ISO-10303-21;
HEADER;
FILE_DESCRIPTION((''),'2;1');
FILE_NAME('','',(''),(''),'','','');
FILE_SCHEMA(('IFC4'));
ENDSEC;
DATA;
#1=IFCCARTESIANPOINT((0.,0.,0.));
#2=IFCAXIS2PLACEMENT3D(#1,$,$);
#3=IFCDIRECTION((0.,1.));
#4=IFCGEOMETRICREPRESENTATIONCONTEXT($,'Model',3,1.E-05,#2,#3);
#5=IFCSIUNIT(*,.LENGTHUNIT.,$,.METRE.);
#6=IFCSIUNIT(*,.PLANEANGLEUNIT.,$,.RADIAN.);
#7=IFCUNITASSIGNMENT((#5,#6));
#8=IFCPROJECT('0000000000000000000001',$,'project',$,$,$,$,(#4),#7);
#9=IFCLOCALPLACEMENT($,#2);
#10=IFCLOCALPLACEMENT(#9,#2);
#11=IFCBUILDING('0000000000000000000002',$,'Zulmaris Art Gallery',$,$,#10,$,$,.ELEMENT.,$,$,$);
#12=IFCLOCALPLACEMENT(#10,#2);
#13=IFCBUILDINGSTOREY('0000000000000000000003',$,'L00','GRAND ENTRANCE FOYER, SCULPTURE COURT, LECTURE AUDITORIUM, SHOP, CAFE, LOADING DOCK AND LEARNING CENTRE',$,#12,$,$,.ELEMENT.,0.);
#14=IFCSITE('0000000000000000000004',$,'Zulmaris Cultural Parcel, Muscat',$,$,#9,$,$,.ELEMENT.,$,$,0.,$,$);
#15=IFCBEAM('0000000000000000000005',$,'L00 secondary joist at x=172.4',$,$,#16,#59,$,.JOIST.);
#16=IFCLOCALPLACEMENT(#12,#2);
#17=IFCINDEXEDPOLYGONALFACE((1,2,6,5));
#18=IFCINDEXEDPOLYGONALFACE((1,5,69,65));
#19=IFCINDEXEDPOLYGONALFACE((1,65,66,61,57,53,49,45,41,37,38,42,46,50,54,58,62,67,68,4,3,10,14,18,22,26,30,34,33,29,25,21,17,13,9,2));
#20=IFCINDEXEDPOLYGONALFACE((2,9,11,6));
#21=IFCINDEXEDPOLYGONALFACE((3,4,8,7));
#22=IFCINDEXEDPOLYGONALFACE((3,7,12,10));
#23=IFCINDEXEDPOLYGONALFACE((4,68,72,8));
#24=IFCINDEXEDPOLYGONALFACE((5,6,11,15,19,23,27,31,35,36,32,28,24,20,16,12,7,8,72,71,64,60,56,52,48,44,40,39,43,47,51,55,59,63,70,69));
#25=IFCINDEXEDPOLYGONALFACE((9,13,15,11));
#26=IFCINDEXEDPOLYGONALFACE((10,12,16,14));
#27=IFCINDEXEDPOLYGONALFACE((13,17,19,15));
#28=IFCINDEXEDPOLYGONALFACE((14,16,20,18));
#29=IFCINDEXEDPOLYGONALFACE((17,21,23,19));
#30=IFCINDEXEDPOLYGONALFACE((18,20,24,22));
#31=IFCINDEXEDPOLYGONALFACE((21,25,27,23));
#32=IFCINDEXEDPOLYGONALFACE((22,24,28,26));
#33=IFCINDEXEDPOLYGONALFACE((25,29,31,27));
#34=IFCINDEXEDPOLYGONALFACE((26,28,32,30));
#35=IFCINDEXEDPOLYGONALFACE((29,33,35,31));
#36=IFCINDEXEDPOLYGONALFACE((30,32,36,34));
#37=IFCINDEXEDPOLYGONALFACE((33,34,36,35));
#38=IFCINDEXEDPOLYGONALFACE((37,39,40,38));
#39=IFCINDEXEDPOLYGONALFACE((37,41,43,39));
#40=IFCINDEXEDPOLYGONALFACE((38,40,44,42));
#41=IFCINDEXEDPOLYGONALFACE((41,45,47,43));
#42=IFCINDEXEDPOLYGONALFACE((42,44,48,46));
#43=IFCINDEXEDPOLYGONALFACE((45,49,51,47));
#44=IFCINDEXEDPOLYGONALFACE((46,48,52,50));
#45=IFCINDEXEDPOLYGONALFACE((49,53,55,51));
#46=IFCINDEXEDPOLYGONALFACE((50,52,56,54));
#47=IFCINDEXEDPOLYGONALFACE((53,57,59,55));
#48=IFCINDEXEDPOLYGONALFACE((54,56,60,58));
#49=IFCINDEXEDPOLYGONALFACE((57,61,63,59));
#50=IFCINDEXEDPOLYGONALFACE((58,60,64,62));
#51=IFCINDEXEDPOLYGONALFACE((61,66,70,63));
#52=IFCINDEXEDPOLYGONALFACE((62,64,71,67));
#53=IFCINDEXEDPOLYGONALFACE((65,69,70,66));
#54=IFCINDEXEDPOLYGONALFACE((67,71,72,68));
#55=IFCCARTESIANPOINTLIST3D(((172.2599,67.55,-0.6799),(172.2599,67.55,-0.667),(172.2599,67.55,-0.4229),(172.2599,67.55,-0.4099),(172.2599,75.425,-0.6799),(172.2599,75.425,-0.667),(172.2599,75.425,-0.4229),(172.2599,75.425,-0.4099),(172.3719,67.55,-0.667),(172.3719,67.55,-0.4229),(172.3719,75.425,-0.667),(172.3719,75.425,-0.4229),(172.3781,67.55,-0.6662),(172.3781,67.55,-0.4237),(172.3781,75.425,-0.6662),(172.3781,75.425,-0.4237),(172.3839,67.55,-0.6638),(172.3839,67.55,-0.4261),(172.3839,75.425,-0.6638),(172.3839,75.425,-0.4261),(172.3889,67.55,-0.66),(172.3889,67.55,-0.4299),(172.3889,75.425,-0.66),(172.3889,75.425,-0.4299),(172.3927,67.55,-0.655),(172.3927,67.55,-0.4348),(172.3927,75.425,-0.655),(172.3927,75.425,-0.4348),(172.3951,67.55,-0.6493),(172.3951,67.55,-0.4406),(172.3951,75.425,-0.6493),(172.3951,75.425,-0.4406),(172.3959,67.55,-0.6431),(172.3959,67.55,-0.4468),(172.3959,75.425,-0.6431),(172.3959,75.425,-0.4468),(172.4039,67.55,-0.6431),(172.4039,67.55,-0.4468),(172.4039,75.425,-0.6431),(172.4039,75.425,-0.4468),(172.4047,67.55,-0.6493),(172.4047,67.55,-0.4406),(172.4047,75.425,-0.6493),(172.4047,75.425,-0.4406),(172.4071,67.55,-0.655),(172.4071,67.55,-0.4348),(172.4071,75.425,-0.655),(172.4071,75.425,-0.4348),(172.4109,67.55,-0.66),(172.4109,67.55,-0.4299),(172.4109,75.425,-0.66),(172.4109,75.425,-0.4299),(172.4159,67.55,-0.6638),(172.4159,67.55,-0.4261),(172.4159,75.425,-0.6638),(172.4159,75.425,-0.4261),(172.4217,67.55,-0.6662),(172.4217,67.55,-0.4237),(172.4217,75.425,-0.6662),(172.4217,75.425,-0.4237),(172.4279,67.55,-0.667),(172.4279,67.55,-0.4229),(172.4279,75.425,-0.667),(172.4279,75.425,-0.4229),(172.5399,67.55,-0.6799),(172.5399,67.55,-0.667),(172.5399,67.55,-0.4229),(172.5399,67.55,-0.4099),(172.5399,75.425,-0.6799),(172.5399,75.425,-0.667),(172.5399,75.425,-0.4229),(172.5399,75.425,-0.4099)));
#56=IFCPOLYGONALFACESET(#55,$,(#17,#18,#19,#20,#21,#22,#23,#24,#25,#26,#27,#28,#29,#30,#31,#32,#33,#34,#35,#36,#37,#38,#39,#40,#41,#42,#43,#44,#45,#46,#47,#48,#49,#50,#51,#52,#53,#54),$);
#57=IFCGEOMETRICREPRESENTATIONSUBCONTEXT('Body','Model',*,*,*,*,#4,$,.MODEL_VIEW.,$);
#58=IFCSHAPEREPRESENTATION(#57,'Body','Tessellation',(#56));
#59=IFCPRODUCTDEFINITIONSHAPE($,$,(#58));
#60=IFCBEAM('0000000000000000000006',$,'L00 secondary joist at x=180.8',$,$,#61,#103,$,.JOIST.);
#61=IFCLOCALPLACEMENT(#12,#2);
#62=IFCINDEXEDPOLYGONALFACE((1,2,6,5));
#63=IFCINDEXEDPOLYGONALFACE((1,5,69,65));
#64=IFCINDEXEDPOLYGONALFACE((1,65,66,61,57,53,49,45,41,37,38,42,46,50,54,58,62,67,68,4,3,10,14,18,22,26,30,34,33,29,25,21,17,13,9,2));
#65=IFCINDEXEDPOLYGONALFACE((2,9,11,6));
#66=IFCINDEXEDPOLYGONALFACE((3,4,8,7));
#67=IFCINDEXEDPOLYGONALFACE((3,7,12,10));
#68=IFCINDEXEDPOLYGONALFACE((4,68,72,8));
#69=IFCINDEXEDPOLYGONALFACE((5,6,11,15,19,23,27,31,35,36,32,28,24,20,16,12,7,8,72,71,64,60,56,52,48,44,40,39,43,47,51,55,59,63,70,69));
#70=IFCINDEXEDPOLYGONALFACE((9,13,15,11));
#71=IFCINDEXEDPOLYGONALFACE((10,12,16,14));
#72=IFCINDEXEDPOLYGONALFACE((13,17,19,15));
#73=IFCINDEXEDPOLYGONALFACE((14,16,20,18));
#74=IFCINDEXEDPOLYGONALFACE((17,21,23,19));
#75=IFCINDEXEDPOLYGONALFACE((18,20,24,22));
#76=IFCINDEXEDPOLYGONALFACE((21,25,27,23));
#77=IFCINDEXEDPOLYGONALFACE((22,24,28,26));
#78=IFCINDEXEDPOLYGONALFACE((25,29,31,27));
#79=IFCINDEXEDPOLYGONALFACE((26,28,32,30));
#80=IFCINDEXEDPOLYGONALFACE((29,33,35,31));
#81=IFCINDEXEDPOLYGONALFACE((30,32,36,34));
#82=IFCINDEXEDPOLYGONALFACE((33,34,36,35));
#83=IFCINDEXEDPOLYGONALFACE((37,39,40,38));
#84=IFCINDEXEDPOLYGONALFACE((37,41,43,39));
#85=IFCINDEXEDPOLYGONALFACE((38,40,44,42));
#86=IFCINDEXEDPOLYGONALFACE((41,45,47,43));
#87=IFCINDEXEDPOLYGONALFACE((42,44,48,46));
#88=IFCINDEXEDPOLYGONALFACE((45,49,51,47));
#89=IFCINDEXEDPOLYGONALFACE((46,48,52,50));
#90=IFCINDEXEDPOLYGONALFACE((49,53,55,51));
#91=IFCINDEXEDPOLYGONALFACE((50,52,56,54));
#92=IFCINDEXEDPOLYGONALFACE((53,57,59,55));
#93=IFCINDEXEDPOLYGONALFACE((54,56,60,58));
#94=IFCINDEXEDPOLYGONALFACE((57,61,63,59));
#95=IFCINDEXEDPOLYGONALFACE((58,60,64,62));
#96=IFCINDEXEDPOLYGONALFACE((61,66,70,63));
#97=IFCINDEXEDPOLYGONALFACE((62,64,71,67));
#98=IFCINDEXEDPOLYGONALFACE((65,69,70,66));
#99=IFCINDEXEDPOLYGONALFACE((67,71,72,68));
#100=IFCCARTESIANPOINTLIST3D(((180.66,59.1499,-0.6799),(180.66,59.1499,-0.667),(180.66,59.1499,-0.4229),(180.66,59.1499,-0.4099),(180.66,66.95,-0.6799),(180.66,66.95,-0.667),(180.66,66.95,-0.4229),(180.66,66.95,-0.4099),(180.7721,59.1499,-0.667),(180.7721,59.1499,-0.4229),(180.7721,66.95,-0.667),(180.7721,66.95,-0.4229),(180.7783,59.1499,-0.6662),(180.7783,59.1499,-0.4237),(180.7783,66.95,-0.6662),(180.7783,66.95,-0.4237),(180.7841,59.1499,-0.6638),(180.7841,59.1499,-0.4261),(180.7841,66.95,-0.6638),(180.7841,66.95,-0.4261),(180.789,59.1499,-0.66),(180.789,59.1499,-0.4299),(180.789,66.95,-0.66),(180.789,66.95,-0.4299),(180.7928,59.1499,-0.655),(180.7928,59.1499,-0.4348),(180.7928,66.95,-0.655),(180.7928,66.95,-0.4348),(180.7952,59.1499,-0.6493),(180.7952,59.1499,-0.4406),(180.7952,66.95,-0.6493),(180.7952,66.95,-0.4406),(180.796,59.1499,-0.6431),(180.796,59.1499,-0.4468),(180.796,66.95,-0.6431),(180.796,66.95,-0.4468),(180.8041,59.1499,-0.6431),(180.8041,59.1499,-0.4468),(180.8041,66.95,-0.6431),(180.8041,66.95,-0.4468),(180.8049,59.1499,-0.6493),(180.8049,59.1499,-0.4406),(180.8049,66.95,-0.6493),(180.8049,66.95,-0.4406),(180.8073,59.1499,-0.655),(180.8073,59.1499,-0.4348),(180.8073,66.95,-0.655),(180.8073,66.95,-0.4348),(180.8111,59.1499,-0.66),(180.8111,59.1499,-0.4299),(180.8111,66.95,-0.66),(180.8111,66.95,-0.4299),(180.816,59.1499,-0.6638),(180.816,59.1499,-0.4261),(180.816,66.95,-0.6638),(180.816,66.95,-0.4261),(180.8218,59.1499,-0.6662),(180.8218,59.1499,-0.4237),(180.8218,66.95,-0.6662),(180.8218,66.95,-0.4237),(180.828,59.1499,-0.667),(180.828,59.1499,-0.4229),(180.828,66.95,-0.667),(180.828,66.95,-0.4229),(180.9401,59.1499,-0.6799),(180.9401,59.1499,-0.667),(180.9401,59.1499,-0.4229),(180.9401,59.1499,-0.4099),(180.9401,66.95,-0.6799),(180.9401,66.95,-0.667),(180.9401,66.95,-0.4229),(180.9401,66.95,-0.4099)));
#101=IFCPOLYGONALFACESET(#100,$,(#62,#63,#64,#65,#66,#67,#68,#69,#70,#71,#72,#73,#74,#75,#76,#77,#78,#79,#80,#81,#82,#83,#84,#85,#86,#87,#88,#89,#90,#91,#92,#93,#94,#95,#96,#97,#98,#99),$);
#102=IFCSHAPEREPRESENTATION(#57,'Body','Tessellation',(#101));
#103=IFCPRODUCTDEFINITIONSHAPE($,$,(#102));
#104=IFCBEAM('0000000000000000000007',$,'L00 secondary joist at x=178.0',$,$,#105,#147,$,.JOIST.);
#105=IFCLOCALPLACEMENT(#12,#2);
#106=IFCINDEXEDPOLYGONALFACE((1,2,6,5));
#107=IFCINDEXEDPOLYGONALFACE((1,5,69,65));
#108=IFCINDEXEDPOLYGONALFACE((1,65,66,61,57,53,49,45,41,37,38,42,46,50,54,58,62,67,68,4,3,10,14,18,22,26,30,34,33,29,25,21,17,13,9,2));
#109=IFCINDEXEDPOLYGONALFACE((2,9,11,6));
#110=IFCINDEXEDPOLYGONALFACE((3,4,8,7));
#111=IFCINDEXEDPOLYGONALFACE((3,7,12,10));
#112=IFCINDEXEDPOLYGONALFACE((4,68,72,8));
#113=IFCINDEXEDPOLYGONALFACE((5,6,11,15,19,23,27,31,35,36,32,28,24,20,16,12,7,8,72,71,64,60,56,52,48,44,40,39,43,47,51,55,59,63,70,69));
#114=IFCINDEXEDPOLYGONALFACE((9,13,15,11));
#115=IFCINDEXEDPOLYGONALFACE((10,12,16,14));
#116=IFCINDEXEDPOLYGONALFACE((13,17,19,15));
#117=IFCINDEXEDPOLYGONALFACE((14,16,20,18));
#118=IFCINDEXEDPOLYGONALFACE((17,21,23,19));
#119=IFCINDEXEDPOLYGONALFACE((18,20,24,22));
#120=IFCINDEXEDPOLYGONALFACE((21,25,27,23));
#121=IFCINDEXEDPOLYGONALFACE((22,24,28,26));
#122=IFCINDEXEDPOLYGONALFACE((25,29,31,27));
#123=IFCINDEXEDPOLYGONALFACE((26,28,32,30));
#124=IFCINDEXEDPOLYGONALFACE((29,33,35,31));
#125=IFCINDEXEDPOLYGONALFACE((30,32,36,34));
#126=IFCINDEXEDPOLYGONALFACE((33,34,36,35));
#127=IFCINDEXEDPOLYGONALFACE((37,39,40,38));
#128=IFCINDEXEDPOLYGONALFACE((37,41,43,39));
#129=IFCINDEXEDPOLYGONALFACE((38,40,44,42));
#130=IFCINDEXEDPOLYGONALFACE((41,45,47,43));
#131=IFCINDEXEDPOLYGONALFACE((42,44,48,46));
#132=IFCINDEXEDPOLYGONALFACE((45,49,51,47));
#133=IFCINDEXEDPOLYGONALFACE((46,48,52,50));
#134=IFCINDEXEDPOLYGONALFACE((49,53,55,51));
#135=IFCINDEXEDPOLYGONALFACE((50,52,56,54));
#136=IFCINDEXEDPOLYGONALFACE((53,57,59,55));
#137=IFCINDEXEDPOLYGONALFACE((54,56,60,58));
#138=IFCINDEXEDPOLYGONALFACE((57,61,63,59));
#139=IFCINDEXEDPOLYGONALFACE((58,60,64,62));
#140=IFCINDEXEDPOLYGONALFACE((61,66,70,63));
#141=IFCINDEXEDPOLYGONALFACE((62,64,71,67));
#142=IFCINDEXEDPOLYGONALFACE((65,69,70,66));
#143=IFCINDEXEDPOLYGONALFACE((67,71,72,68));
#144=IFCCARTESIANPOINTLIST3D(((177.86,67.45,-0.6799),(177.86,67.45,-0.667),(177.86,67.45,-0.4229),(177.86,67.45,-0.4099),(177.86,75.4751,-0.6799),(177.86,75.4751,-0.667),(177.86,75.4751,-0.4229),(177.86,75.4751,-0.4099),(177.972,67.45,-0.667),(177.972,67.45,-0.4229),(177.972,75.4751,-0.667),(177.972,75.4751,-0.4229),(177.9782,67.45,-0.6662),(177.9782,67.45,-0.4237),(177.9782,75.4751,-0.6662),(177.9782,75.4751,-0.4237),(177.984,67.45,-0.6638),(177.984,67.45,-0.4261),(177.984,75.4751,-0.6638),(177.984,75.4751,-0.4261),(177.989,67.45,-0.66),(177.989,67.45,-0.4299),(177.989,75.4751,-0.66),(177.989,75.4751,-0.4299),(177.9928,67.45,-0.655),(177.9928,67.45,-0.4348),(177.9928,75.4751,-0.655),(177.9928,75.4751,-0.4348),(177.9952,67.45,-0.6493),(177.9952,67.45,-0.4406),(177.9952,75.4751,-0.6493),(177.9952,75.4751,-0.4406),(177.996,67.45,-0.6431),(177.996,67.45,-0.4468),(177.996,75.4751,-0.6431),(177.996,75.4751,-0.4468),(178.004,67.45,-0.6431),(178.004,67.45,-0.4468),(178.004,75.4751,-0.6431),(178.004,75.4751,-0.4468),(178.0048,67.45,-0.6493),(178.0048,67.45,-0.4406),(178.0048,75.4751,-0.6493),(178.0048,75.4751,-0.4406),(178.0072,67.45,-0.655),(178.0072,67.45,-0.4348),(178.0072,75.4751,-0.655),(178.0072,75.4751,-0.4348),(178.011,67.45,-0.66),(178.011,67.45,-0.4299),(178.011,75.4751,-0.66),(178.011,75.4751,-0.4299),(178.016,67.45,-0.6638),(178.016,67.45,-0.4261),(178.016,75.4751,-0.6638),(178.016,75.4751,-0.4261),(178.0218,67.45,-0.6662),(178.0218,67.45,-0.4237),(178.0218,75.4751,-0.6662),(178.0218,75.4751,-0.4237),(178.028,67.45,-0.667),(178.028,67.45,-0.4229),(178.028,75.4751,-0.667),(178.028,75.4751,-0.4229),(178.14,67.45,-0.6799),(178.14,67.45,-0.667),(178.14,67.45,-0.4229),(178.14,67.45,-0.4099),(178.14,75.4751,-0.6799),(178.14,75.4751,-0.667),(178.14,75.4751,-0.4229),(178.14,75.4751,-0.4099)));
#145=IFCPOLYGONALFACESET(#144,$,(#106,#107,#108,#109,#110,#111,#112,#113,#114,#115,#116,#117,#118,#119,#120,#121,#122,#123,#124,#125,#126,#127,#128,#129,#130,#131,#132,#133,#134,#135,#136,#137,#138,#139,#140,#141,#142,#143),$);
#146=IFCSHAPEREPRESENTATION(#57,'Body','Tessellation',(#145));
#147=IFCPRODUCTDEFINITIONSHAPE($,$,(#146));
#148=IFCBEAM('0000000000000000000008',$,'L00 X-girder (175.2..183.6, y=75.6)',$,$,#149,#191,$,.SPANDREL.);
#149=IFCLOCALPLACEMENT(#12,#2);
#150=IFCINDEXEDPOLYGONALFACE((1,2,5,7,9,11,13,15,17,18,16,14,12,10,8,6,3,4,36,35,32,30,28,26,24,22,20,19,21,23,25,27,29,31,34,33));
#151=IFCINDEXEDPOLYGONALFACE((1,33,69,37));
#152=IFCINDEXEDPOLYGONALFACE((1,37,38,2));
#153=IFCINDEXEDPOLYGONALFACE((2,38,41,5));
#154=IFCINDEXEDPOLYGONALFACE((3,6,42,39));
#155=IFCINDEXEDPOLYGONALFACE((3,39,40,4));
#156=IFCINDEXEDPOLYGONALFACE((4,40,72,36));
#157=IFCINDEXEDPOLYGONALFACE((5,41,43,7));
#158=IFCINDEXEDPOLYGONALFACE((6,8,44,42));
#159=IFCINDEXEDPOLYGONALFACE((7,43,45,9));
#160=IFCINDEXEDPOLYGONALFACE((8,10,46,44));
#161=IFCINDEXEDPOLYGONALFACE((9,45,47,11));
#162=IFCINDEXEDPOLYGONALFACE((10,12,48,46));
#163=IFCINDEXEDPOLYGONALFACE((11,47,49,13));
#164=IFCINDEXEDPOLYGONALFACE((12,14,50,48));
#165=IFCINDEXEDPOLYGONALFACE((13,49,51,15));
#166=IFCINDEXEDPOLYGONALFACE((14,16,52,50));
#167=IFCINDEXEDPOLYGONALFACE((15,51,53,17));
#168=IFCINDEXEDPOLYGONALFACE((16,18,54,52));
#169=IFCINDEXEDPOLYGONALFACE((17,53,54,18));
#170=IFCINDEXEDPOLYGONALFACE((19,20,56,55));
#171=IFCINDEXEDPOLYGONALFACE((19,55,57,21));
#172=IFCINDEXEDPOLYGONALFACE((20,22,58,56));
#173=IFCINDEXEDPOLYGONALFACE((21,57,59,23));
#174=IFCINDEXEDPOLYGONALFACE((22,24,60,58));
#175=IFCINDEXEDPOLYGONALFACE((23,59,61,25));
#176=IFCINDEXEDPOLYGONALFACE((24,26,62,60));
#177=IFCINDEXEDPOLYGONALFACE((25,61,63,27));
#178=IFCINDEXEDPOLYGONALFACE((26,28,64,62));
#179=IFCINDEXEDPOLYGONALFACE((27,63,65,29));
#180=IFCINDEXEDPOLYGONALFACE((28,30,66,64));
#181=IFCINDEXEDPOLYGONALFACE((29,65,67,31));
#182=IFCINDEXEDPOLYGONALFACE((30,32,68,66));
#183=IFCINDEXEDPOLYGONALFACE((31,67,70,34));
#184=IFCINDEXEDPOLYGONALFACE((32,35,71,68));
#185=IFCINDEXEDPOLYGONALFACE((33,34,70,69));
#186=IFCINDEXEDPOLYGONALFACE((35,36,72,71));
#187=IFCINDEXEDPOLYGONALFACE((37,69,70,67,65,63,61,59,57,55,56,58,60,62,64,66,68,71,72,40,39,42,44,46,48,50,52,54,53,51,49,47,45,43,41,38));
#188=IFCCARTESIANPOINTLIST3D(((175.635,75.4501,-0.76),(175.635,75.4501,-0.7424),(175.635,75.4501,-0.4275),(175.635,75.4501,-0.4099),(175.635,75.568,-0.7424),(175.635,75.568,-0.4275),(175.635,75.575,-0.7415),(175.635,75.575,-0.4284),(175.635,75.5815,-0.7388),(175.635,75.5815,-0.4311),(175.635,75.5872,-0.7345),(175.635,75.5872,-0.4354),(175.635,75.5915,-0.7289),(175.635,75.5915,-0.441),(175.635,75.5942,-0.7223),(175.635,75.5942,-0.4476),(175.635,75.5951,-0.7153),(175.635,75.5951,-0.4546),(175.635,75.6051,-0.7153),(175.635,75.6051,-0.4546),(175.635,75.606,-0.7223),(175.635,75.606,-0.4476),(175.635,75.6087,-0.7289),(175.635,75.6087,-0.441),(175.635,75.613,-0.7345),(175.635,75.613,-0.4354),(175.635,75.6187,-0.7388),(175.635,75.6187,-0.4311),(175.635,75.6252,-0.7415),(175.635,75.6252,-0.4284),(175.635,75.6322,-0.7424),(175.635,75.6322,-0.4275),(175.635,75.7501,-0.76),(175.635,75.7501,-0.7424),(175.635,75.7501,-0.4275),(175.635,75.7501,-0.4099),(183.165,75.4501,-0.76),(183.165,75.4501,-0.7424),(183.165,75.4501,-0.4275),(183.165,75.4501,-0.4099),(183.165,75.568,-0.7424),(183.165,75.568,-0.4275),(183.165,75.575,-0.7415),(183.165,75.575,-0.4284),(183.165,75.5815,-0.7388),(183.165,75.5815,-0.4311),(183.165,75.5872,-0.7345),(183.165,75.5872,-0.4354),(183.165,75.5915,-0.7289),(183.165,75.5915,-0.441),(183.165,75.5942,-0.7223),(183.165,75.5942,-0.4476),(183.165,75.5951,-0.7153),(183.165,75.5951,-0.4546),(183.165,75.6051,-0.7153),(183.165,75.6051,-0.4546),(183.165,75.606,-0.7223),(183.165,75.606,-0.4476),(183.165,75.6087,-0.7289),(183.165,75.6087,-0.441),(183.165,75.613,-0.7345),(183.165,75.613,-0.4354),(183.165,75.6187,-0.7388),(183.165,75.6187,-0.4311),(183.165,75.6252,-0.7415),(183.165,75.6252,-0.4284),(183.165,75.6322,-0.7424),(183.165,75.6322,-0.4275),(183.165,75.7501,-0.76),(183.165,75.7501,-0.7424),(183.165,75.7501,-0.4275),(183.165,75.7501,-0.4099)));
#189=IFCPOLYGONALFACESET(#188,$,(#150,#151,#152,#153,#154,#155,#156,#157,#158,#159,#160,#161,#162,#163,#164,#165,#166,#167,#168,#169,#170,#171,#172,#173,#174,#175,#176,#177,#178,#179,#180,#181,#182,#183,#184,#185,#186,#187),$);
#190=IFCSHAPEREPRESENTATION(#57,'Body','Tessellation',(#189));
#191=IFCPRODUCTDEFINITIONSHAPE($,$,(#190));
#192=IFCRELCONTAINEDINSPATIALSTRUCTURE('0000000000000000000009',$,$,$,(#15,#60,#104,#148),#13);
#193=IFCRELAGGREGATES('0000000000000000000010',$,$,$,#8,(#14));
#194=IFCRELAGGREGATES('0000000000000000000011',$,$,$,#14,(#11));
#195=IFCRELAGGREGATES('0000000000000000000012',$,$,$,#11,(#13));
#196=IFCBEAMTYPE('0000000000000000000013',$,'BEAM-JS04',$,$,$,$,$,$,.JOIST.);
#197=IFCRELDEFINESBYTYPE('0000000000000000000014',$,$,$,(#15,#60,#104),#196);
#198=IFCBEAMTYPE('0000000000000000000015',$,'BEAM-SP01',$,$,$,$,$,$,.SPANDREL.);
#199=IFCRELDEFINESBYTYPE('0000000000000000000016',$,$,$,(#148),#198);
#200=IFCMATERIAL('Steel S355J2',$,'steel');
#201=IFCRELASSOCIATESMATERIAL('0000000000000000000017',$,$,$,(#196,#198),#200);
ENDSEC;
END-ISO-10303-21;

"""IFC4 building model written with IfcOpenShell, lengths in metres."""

from ifc_helpers import new_model, si_unit, direction, frame, origin, origin_2d, place, context, subcontext, project, spatial, i_section, extrude, material, material_profile, profile_set, type_object, element, save


model = new_model("IFC4")

# Units and contexts
model_context = context("Model", 3, precision=1e-05, world=origin(), true_north=direction((0.0, 1.0)))
body_context = subcontext(model_context, "Body", "Model", "MODEL_VIEW")
ifc_project = project(units=[si_unit("LENGTHUNIT", "METRE"), si_unit("PLANEANGLEUNIT", "RADIAN")], contexts=[model_context])

# Site, building, storey
site_placement = place(None, origin())
site = spatial("IfcSite", under=ifc_project, at=site_placement, Name="Zulmaris Cultural Parcel, Muscat", CompositionType="ELEMENT", RefElevation=0.0)
building_placement = place(site_placement, origin())
building = spatial("IfcBuilding", under=site, at=building_placement, Name="Zulmaris Art Gallery", CompositionType="ELEMENT")
storey_placement = place(building_placement, origin())
storey = spatial("IfcBuildingStorey", under=building, at=storey_placement, Name="L00", Description="GRAND ENTRANCE FOYER, SCULPTURE COURT, LECTURE AUDITORIUM, SHOP, CAFE, LOADING DOCK AND LEARNING CENTRE", CompositionType="ELEMENT", Elevation=0.0)

# Beams
ifc_material_1 = material(Name="Steel S355J2", Category="steel")
ifc_material_profile_1 = material_profile(ifc_material_1, i_section(OverallWidth=0.28, OverallDepth=0.27, WebThickness=0.0081, FlangeThickness=0.0129, FilletRadius=0.0239, at=origin_2d()), Name="HEA 280")
ifc_profile_set_1 = profile_set([ifc_material_profile_1], Name="Steel S355J2")
beam_type_1 = type_object("IfcBeamType", Name="BEAM-JS04", PredefinedType="JOIST", material=ifc_profile_set_1)
beam_1_placement = place(storey_placement, frame((172.3999, 67.55, -0.5449), z_axis=(0.0, 1.0, 0.0), x_axis=(-1.0, 0.0, 0.0)))
element("IfcBeam", 1, at=beam_1_placement, inside=storey, type_object=beam_type_1, Name="L00 secondary joist at x=172.4", PredefinedType="JOIST", context=body_context, shape_type="SweptSolid", body=[
    extrude(i_section(OverallWidth=0.28, OverallDepth=0.27, WebThickness=0.0081, FlangeThickness=0.0129, FilletRadius=0.0239, at=origin_2d()), origin(), (0.0, 0.0, 1.0), 7.875),
])
beam_2_placement = place(storey_placement, frame((180.8, 59.1499, -0.5449), z_axis=(0.0, 1.0, 0.0), x_axis=(-1.0, 0.0, 0.0)))
element("IfcBeam", 2, at=beam_2_placement, inside=storey, type_object=beam_type_1, Name="L00 secondary joist at x=180.8", PredefinedType="JOIST", context=body_context, shape_type="SweptSolid", body=[
    extrude(i_section(OverallWidth=0.28, OverallDepth=0.27, WebThickness=0.0081, FlangeThickness=0.0129, FilletRadius=0.0239, at=origin_2d()), origin(), (0.0, 0.0, 1.0), 7.8),
])
beam_3_placement = place(storey_placement, frame((178.0, 67.45, -0.5449), z_axis=(0.0, 1.0, 0.0), x_axis=(-1.0, 0.0, 0.0)))
element("IfcBeam", 3, at=beam_3_placement, inside=storey, type_object=beam_type_1, Name="L00 secondary joist at x=178.0", PredefinedType="JOIST", context=body_context, shape_type="SweptSolid", body=[
    extrude(i_section(OverallWidth=0.28, OverallDepth=0.27, WebThickness=0.0081, FlangeThickness=0.0129, FilletRadius=0.0239, at=origin_2d()), origin(), (0.0, 0.0, 1.0), 8.0251),
])
ifc_material_profile_2 = material_profile(ifc_material_1, i_section(OverallWidth=0.3, OverallDepth=0.3501, WebThickness=0.01, FlangeThickness=0.0176, FilletRadius=0.0271, at=origin_2d()), Name="HEA 360")
ifc_profile_set_2 = profile_set([ifc_material_profile_2], Name="Steel S355J2")
beam_type_2 = type_object("IfcBeamType", Name="BEAM-SP01", PredefinedType="SPANDREL", material=ifc_profile_set_2)
beam_4_placement = place(storey_placement, frame((175.635, 75.6001, -0.585), z_axis=(1.0, 0.0, 0.0), x_axis=(0.0, 1.0, 0.0)))
element("IfcBeam", 4, at=beam_4_placement, inside=storey, type_object=beam_type_2, Name="L00 X-girder (175.2..183.6, y=75.6)", PredefinedType="SPANDREL", context=body_context, shape_type="SweptSolid", body=[
    extrude(i_section(OverallWidth=0.3, OverallDepth=0.3501, WebThickness=0.01, FlangeThickness=0.0176, FilletRadius=0.0271, at=origin_2d()), origin(), (0.0, 0.0, 1.0), 7.53),
])

save(model, "model.ifc")
